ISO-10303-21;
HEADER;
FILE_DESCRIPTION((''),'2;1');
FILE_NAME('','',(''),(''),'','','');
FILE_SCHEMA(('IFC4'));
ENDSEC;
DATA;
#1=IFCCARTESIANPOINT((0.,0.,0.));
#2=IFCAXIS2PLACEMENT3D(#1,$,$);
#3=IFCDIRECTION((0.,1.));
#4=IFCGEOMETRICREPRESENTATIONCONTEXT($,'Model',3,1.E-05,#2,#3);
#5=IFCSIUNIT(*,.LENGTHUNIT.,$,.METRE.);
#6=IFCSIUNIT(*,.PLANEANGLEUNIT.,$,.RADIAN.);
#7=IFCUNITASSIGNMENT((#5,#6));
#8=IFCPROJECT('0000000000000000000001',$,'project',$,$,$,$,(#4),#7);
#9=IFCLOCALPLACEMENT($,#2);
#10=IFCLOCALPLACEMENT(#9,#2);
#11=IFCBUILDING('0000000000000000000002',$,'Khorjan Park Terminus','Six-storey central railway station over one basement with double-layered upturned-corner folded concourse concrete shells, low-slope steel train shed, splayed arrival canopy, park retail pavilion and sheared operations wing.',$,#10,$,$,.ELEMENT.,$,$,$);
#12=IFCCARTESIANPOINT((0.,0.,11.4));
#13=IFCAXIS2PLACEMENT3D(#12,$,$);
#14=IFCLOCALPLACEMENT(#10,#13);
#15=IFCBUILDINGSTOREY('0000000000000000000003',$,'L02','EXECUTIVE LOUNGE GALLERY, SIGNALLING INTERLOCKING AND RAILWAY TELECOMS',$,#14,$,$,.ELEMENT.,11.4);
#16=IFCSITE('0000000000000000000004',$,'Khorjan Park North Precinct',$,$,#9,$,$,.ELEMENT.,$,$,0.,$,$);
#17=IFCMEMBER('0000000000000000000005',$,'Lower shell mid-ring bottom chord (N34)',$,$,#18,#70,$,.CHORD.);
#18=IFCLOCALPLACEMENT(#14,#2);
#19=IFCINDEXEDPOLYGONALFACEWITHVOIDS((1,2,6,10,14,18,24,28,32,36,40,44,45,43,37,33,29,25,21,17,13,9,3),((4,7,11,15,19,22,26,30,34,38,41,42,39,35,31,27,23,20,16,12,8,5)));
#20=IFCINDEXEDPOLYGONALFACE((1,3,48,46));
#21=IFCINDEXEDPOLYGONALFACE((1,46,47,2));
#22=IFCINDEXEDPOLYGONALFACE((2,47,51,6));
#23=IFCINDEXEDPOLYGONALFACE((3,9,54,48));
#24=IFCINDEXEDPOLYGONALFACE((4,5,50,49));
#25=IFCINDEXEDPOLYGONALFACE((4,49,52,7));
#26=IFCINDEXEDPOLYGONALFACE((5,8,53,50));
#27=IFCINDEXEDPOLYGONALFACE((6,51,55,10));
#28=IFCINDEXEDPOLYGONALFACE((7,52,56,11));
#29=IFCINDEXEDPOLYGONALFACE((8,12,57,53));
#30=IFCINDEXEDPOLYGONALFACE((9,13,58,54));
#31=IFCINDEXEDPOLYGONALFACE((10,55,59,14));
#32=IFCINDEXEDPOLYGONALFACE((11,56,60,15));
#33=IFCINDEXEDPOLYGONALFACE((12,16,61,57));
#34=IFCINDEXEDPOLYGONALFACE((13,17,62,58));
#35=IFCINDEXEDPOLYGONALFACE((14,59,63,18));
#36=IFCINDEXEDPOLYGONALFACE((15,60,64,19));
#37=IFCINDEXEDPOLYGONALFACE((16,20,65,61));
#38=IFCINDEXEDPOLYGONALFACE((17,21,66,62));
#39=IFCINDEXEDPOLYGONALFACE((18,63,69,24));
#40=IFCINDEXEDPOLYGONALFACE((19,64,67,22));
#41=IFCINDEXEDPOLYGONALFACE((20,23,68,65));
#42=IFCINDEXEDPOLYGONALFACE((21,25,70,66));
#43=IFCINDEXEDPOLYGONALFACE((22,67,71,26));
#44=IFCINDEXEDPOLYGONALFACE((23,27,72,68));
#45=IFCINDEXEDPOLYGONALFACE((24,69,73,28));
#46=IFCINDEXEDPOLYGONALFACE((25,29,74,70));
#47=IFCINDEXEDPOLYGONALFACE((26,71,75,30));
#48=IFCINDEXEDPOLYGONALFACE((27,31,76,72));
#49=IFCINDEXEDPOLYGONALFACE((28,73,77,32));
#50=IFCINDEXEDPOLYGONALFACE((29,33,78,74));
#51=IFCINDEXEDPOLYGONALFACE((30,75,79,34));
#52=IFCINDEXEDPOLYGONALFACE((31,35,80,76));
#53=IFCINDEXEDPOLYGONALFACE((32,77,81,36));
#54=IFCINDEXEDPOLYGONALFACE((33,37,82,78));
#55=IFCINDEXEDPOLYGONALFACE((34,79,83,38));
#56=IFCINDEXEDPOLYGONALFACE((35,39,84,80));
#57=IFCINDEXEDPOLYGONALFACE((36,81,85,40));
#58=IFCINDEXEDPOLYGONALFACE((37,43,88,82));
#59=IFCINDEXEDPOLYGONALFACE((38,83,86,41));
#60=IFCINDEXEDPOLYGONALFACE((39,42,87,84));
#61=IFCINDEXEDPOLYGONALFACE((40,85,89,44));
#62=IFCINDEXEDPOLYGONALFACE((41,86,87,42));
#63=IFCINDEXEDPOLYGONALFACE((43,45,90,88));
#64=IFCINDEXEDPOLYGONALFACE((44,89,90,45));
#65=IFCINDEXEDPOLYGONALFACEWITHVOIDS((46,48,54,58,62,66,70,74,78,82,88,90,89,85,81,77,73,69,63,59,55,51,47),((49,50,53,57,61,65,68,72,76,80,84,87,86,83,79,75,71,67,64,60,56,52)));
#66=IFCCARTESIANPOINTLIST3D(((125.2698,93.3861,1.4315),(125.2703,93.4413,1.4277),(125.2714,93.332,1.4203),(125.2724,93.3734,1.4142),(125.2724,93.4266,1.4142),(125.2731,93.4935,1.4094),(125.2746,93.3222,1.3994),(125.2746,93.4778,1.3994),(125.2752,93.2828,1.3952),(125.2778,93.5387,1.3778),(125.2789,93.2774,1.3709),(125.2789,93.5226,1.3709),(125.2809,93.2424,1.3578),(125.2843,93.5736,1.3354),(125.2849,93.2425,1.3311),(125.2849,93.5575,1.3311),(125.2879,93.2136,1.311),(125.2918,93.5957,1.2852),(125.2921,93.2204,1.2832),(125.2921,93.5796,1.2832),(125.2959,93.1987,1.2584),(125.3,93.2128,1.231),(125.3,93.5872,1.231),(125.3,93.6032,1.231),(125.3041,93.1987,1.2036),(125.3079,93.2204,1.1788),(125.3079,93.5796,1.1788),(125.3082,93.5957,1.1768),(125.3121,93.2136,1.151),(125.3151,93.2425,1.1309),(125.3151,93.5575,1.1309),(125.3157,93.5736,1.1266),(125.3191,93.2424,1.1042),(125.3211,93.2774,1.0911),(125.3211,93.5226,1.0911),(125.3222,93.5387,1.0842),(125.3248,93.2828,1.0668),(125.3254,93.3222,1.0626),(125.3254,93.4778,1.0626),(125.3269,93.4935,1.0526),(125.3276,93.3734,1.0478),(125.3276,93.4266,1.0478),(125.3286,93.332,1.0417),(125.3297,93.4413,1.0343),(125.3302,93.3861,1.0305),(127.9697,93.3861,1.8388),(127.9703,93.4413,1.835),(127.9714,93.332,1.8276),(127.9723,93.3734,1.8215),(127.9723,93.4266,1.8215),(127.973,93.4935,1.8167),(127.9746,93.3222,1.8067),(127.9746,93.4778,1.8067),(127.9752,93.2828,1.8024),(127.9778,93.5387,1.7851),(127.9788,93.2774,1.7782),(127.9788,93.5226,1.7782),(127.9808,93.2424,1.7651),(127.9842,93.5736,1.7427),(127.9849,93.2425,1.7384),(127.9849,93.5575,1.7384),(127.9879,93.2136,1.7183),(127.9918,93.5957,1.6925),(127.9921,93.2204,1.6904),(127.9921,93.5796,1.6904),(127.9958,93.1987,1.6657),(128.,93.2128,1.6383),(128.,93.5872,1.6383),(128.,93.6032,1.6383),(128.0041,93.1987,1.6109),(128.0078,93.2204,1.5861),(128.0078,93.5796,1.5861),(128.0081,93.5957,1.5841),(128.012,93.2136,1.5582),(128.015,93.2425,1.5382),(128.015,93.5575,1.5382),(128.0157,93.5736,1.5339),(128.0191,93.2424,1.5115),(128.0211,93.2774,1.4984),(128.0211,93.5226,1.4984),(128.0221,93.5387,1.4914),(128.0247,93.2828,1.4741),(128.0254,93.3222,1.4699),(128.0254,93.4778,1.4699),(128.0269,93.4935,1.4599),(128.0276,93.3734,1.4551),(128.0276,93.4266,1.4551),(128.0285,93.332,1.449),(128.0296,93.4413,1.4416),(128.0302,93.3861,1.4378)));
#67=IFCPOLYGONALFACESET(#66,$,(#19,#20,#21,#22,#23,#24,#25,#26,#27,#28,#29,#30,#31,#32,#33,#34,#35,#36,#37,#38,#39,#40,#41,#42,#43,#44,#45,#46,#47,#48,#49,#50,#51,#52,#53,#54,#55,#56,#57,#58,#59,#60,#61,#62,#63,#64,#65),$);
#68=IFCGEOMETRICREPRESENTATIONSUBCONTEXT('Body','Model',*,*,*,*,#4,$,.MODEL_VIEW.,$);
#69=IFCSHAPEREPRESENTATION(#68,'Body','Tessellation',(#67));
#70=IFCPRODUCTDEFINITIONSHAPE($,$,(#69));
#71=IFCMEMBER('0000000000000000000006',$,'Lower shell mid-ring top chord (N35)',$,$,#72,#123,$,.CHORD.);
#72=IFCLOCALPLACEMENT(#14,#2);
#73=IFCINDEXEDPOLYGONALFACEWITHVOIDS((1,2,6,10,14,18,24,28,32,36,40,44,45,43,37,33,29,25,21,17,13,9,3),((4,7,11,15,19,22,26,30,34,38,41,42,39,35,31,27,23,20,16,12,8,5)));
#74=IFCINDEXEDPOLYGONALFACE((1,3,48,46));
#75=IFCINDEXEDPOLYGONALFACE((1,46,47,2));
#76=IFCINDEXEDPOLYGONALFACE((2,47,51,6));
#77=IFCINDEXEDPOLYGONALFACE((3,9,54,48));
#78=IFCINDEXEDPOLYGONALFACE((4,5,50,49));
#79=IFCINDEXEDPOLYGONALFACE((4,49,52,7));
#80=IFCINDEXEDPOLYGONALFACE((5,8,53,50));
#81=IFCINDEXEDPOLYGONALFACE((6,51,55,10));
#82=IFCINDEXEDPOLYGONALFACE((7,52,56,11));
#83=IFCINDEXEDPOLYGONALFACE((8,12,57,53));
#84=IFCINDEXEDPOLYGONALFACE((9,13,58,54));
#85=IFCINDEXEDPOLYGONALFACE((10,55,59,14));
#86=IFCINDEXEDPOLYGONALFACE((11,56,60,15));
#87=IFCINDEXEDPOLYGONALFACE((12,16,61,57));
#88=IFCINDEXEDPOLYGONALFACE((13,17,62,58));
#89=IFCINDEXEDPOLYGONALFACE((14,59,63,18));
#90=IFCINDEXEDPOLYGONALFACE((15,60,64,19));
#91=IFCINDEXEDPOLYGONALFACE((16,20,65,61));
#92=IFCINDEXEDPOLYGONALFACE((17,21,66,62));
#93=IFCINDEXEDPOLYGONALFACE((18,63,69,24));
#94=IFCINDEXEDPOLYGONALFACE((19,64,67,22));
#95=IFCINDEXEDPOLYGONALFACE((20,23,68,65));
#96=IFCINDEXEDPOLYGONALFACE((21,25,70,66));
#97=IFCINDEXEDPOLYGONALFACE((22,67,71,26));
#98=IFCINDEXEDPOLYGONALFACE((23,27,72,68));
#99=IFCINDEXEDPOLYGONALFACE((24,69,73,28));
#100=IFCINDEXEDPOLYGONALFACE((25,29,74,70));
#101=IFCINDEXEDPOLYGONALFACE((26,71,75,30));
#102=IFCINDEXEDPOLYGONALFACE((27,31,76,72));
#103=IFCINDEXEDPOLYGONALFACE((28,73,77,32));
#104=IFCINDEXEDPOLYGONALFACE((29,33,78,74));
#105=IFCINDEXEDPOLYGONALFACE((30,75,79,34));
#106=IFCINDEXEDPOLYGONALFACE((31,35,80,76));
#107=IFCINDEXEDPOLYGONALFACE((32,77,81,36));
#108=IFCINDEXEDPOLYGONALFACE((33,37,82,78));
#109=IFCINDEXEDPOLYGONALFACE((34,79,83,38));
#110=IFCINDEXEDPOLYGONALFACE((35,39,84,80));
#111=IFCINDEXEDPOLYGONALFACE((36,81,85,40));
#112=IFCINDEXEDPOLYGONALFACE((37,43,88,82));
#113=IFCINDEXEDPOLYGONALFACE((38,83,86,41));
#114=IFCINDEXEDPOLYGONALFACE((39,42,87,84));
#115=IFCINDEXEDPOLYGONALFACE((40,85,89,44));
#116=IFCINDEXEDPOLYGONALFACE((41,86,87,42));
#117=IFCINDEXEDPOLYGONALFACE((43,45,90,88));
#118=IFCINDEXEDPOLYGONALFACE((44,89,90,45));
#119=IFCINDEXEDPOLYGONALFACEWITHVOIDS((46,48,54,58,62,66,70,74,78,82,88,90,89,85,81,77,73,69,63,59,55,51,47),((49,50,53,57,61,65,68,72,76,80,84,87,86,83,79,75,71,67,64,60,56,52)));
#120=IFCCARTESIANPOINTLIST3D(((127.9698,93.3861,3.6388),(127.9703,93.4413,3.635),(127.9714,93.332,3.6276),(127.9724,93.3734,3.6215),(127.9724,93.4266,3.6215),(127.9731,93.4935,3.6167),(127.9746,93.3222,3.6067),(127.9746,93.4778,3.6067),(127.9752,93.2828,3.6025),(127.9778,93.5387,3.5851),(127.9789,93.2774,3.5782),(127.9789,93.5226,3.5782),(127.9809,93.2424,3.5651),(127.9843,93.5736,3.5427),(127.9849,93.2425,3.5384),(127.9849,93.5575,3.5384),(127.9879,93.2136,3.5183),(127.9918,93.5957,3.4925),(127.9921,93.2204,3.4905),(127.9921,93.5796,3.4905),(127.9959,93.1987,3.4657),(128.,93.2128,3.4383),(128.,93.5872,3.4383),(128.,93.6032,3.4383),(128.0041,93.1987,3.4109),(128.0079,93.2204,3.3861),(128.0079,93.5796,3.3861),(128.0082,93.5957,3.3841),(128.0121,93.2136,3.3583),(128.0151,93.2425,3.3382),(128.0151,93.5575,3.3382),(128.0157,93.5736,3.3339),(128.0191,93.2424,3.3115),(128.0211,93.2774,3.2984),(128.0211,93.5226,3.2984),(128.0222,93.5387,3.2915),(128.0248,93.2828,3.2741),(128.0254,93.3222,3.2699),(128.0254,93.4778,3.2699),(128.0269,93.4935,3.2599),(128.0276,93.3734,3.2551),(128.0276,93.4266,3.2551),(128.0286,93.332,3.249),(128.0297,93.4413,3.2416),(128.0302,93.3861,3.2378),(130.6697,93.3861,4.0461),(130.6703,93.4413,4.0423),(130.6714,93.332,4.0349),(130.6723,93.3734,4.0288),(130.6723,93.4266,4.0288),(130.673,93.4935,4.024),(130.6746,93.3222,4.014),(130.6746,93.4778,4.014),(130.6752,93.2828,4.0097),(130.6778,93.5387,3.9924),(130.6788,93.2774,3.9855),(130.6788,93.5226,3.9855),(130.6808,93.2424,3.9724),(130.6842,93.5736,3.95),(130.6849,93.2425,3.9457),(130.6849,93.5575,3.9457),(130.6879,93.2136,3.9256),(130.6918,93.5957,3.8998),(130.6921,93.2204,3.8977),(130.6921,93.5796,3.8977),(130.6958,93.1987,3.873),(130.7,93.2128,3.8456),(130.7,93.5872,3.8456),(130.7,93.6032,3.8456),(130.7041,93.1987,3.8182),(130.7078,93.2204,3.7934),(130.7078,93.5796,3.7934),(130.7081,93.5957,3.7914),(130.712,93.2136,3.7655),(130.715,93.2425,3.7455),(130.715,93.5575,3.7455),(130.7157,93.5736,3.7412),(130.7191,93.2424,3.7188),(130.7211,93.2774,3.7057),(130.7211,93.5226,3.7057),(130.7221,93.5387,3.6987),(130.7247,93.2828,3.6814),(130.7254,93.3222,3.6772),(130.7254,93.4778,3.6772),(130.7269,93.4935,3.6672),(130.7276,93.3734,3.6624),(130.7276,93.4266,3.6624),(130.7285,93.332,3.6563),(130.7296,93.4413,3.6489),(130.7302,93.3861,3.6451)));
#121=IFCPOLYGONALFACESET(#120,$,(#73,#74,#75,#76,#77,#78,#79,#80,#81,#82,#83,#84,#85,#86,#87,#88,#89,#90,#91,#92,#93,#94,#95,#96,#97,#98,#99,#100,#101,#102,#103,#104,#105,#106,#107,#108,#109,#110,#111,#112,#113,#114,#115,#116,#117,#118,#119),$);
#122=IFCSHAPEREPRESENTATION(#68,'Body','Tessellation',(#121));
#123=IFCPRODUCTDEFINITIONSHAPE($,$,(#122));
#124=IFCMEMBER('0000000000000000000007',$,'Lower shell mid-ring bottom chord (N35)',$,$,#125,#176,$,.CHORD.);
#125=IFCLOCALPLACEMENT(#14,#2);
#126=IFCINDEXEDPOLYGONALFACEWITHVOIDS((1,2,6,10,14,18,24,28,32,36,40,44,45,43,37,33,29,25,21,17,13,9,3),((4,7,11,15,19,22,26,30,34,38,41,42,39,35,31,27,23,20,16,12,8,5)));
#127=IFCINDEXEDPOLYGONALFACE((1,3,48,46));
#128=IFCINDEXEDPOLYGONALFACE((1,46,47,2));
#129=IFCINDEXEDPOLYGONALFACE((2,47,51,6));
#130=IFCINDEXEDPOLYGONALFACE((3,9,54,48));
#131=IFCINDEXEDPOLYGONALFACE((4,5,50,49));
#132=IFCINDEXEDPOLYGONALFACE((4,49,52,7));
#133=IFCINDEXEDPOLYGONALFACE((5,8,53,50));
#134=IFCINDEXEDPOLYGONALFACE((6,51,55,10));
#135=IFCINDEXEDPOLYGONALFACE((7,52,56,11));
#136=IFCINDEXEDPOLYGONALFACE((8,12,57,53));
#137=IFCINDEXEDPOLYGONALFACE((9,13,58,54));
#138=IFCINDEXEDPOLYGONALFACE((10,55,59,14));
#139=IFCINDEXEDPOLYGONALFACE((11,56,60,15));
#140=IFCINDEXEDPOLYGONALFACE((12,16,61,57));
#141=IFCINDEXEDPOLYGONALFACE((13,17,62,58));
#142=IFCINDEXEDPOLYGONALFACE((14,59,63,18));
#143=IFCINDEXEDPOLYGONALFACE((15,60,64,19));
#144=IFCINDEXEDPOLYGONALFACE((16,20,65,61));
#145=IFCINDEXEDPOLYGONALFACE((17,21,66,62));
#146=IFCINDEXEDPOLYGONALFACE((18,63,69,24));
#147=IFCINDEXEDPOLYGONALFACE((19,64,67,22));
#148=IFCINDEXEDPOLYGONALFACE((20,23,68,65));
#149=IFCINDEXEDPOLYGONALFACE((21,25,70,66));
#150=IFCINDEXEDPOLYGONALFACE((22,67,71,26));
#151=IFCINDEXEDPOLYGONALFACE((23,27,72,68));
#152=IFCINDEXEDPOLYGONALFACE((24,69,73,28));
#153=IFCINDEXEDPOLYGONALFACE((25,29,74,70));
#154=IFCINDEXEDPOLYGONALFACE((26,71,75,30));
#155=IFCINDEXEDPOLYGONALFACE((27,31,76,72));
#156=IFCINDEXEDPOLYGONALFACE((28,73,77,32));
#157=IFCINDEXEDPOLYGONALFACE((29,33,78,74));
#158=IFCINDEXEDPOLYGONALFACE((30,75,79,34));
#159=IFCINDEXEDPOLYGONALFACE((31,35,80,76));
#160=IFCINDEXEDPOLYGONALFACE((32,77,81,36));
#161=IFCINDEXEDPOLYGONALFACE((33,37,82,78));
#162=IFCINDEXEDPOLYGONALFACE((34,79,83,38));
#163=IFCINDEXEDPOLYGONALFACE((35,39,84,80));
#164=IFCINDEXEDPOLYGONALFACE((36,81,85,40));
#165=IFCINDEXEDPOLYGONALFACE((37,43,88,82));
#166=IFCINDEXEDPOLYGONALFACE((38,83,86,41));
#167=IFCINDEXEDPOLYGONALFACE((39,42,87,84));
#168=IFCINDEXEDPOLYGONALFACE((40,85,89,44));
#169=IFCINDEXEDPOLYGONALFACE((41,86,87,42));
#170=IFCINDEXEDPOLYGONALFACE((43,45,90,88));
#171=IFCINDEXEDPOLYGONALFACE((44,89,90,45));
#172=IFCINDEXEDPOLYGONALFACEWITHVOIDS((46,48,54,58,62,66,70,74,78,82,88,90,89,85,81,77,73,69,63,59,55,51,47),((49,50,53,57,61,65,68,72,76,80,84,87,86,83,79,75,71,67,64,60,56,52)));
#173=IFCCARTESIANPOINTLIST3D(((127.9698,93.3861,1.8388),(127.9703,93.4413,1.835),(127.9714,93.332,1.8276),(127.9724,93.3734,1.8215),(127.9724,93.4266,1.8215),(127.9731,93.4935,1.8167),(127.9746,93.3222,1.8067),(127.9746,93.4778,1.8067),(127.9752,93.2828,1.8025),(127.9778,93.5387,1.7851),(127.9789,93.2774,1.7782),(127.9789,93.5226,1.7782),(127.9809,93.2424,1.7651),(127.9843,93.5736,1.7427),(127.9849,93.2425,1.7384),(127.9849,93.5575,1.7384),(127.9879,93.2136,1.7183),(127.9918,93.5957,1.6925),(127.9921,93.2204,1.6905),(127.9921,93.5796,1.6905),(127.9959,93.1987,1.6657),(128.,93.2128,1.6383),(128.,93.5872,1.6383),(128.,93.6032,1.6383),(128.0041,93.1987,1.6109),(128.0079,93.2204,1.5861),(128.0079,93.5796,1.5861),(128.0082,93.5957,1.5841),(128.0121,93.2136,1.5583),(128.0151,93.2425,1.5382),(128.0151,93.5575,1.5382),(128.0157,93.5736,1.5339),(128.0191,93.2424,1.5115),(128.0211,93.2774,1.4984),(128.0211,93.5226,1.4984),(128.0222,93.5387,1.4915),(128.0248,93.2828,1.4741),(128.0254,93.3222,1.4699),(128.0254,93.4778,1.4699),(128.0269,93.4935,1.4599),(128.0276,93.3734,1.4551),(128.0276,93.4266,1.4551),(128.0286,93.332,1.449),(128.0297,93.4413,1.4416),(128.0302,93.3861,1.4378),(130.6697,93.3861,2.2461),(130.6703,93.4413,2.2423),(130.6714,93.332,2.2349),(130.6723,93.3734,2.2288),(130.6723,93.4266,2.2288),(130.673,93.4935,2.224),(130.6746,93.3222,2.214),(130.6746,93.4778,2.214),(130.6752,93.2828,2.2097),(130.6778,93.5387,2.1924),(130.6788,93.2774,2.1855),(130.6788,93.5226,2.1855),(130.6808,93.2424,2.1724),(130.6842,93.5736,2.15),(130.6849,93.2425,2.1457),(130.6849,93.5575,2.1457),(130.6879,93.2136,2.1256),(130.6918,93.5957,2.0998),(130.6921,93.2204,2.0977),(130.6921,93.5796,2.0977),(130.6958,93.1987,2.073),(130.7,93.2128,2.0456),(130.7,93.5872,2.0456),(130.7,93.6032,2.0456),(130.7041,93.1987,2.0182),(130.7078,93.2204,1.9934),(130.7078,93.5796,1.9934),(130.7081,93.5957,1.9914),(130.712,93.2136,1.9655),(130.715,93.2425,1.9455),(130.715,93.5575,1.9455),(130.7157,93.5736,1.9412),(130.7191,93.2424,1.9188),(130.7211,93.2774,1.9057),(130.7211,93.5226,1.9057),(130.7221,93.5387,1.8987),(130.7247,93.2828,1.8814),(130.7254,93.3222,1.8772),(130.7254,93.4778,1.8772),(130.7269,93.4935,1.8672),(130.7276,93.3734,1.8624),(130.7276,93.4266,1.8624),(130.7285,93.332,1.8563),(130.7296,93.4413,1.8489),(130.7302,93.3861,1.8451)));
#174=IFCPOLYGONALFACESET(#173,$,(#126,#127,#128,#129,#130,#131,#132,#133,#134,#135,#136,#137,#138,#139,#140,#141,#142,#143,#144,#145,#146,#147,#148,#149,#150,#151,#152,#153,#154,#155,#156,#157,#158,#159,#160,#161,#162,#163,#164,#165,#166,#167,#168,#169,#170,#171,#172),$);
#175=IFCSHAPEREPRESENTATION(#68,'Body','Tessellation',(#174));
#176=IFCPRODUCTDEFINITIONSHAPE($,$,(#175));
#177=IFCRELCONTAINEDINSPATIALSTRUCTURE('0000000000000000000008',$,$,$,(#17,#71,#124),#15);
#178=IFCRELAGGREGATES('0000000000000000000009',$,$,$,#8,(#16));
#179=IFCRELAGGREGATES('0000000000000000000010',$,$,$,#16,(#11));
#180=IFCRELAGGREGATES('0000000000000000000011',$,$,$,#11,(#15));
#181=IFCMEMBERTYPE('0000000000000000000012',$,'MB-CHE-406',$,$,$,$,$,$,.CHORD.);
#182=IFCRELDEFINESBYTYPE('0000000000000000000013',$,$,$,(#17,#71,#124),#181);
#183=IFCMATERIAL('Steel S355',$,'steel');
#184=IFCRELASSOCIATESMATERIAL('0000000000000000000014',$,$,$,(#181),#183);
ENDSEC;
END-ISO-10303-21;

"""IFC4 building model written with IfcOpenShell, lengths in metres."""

from ifc_helpers import new_model, si_unit, direction, frame, origin, origin_2d, place, context, subcontext, project, spatial, hollow_circle, extrude, material, material_profile, profile_set, type_object, element, save


model = new_model("IFC4")

# Units and contexts
model_context = context("Model", 3, precision=1e-05, world=origin(), true_north=direction((0.0, 1.0)))
body_context = subcontext(model_context, "Body", "Model", "MODEL_VIEW")
ifc_project = project(units=[si_unit("LENGTHUNIT", "METRE"), si_unit("PLANEANGLEUNIT", "RADIAN")], contexts=[model_context])

# Site, building, storey
site_placement = place(None, origin())
site = spatial("IfcSite", under=ifc_project, at=site_placement, Name="Khorjan Park North Precinct", CompositionType="ELEMENT", RefElevation=0.0)
building_placement = place(site_placement, origin())
building = spatial("IfcBuilding", under=site, at=building_placement, Name="Khorjan Park Terminus", Description="Six-storey central railway station over one basement with double-layered upturned-corner folded concourse concrete shells, low-slope steel train shed, splayed arrival canopy, park retail pavilion and sheared operations wing.", CompositionType="ELEMENT")
storey_placement = place(building_placement, frame((0.0, 0.0, 11.4)))
storey = spatial("IfcBuildingStorey", under=building, at=storey_placement, Name="L02", Description="EXECUTIVE LOUNGE GALLERY, SIGNALLING INTERLOCKING AND RAILWAY TELECOMS", CompositionType="ELEMENT", Elevation=11.4)

# Members
ifc_material_1 = material(Name="Steel S355", Category="steel")
ifc_material_profile_1 = material_profile(ifc_material_1, hollow_circle(Radius=0.2032, WallThickness=0.016, at=origin_2d()), Name="CHS 406.4x16")
ifc_profile_set_1 = profile_set([ifc_material_profile_1], Name="Steel S355")
member_type_1 = type_object("IfcMemberType", Name="MB-CHE-406", PredefinedType="CHORD", material=ifc_profile_set_1)
for number, where, z_axis, x_axis, name in (
    (1, (125.3, 93.4, 1.231), (0.988812, 0.0, 0.149164), (0.0, 1.0, 0.0), "Lower shell mid-ring bottom chord (N34)"),
    (2, (128.0, 93.4, 3.4383), (0.988812, 0.0, 0.149164), (0.0, 1.0, 0.0), "Lower shell mid-ring top chord (N35)"),
    (3, (128.0, 93.4, 1.6383), (0.988812, 0.0, 0.149164), (0.0, 1.0, 0.0), "Lower shell mid-ring bottom chord (N35)"),
):
    element("IfcMember", number, at=place(storey_placement, frame(where, z_axis=z_axis, x_axis=x_axis)), inside=storey, type_object=member_type_1, Name=name, PredefinedType="CHORD", context=body_context, shape_type="SweptSolid", body=[
        extrude(hollow_circle(Radius=0.2032, WallThickness=0.016, at=origin_2d()), origin(), (0.0, 0.0, 1.0), 2.7305),
    ])

save(model, "model.ifc")
